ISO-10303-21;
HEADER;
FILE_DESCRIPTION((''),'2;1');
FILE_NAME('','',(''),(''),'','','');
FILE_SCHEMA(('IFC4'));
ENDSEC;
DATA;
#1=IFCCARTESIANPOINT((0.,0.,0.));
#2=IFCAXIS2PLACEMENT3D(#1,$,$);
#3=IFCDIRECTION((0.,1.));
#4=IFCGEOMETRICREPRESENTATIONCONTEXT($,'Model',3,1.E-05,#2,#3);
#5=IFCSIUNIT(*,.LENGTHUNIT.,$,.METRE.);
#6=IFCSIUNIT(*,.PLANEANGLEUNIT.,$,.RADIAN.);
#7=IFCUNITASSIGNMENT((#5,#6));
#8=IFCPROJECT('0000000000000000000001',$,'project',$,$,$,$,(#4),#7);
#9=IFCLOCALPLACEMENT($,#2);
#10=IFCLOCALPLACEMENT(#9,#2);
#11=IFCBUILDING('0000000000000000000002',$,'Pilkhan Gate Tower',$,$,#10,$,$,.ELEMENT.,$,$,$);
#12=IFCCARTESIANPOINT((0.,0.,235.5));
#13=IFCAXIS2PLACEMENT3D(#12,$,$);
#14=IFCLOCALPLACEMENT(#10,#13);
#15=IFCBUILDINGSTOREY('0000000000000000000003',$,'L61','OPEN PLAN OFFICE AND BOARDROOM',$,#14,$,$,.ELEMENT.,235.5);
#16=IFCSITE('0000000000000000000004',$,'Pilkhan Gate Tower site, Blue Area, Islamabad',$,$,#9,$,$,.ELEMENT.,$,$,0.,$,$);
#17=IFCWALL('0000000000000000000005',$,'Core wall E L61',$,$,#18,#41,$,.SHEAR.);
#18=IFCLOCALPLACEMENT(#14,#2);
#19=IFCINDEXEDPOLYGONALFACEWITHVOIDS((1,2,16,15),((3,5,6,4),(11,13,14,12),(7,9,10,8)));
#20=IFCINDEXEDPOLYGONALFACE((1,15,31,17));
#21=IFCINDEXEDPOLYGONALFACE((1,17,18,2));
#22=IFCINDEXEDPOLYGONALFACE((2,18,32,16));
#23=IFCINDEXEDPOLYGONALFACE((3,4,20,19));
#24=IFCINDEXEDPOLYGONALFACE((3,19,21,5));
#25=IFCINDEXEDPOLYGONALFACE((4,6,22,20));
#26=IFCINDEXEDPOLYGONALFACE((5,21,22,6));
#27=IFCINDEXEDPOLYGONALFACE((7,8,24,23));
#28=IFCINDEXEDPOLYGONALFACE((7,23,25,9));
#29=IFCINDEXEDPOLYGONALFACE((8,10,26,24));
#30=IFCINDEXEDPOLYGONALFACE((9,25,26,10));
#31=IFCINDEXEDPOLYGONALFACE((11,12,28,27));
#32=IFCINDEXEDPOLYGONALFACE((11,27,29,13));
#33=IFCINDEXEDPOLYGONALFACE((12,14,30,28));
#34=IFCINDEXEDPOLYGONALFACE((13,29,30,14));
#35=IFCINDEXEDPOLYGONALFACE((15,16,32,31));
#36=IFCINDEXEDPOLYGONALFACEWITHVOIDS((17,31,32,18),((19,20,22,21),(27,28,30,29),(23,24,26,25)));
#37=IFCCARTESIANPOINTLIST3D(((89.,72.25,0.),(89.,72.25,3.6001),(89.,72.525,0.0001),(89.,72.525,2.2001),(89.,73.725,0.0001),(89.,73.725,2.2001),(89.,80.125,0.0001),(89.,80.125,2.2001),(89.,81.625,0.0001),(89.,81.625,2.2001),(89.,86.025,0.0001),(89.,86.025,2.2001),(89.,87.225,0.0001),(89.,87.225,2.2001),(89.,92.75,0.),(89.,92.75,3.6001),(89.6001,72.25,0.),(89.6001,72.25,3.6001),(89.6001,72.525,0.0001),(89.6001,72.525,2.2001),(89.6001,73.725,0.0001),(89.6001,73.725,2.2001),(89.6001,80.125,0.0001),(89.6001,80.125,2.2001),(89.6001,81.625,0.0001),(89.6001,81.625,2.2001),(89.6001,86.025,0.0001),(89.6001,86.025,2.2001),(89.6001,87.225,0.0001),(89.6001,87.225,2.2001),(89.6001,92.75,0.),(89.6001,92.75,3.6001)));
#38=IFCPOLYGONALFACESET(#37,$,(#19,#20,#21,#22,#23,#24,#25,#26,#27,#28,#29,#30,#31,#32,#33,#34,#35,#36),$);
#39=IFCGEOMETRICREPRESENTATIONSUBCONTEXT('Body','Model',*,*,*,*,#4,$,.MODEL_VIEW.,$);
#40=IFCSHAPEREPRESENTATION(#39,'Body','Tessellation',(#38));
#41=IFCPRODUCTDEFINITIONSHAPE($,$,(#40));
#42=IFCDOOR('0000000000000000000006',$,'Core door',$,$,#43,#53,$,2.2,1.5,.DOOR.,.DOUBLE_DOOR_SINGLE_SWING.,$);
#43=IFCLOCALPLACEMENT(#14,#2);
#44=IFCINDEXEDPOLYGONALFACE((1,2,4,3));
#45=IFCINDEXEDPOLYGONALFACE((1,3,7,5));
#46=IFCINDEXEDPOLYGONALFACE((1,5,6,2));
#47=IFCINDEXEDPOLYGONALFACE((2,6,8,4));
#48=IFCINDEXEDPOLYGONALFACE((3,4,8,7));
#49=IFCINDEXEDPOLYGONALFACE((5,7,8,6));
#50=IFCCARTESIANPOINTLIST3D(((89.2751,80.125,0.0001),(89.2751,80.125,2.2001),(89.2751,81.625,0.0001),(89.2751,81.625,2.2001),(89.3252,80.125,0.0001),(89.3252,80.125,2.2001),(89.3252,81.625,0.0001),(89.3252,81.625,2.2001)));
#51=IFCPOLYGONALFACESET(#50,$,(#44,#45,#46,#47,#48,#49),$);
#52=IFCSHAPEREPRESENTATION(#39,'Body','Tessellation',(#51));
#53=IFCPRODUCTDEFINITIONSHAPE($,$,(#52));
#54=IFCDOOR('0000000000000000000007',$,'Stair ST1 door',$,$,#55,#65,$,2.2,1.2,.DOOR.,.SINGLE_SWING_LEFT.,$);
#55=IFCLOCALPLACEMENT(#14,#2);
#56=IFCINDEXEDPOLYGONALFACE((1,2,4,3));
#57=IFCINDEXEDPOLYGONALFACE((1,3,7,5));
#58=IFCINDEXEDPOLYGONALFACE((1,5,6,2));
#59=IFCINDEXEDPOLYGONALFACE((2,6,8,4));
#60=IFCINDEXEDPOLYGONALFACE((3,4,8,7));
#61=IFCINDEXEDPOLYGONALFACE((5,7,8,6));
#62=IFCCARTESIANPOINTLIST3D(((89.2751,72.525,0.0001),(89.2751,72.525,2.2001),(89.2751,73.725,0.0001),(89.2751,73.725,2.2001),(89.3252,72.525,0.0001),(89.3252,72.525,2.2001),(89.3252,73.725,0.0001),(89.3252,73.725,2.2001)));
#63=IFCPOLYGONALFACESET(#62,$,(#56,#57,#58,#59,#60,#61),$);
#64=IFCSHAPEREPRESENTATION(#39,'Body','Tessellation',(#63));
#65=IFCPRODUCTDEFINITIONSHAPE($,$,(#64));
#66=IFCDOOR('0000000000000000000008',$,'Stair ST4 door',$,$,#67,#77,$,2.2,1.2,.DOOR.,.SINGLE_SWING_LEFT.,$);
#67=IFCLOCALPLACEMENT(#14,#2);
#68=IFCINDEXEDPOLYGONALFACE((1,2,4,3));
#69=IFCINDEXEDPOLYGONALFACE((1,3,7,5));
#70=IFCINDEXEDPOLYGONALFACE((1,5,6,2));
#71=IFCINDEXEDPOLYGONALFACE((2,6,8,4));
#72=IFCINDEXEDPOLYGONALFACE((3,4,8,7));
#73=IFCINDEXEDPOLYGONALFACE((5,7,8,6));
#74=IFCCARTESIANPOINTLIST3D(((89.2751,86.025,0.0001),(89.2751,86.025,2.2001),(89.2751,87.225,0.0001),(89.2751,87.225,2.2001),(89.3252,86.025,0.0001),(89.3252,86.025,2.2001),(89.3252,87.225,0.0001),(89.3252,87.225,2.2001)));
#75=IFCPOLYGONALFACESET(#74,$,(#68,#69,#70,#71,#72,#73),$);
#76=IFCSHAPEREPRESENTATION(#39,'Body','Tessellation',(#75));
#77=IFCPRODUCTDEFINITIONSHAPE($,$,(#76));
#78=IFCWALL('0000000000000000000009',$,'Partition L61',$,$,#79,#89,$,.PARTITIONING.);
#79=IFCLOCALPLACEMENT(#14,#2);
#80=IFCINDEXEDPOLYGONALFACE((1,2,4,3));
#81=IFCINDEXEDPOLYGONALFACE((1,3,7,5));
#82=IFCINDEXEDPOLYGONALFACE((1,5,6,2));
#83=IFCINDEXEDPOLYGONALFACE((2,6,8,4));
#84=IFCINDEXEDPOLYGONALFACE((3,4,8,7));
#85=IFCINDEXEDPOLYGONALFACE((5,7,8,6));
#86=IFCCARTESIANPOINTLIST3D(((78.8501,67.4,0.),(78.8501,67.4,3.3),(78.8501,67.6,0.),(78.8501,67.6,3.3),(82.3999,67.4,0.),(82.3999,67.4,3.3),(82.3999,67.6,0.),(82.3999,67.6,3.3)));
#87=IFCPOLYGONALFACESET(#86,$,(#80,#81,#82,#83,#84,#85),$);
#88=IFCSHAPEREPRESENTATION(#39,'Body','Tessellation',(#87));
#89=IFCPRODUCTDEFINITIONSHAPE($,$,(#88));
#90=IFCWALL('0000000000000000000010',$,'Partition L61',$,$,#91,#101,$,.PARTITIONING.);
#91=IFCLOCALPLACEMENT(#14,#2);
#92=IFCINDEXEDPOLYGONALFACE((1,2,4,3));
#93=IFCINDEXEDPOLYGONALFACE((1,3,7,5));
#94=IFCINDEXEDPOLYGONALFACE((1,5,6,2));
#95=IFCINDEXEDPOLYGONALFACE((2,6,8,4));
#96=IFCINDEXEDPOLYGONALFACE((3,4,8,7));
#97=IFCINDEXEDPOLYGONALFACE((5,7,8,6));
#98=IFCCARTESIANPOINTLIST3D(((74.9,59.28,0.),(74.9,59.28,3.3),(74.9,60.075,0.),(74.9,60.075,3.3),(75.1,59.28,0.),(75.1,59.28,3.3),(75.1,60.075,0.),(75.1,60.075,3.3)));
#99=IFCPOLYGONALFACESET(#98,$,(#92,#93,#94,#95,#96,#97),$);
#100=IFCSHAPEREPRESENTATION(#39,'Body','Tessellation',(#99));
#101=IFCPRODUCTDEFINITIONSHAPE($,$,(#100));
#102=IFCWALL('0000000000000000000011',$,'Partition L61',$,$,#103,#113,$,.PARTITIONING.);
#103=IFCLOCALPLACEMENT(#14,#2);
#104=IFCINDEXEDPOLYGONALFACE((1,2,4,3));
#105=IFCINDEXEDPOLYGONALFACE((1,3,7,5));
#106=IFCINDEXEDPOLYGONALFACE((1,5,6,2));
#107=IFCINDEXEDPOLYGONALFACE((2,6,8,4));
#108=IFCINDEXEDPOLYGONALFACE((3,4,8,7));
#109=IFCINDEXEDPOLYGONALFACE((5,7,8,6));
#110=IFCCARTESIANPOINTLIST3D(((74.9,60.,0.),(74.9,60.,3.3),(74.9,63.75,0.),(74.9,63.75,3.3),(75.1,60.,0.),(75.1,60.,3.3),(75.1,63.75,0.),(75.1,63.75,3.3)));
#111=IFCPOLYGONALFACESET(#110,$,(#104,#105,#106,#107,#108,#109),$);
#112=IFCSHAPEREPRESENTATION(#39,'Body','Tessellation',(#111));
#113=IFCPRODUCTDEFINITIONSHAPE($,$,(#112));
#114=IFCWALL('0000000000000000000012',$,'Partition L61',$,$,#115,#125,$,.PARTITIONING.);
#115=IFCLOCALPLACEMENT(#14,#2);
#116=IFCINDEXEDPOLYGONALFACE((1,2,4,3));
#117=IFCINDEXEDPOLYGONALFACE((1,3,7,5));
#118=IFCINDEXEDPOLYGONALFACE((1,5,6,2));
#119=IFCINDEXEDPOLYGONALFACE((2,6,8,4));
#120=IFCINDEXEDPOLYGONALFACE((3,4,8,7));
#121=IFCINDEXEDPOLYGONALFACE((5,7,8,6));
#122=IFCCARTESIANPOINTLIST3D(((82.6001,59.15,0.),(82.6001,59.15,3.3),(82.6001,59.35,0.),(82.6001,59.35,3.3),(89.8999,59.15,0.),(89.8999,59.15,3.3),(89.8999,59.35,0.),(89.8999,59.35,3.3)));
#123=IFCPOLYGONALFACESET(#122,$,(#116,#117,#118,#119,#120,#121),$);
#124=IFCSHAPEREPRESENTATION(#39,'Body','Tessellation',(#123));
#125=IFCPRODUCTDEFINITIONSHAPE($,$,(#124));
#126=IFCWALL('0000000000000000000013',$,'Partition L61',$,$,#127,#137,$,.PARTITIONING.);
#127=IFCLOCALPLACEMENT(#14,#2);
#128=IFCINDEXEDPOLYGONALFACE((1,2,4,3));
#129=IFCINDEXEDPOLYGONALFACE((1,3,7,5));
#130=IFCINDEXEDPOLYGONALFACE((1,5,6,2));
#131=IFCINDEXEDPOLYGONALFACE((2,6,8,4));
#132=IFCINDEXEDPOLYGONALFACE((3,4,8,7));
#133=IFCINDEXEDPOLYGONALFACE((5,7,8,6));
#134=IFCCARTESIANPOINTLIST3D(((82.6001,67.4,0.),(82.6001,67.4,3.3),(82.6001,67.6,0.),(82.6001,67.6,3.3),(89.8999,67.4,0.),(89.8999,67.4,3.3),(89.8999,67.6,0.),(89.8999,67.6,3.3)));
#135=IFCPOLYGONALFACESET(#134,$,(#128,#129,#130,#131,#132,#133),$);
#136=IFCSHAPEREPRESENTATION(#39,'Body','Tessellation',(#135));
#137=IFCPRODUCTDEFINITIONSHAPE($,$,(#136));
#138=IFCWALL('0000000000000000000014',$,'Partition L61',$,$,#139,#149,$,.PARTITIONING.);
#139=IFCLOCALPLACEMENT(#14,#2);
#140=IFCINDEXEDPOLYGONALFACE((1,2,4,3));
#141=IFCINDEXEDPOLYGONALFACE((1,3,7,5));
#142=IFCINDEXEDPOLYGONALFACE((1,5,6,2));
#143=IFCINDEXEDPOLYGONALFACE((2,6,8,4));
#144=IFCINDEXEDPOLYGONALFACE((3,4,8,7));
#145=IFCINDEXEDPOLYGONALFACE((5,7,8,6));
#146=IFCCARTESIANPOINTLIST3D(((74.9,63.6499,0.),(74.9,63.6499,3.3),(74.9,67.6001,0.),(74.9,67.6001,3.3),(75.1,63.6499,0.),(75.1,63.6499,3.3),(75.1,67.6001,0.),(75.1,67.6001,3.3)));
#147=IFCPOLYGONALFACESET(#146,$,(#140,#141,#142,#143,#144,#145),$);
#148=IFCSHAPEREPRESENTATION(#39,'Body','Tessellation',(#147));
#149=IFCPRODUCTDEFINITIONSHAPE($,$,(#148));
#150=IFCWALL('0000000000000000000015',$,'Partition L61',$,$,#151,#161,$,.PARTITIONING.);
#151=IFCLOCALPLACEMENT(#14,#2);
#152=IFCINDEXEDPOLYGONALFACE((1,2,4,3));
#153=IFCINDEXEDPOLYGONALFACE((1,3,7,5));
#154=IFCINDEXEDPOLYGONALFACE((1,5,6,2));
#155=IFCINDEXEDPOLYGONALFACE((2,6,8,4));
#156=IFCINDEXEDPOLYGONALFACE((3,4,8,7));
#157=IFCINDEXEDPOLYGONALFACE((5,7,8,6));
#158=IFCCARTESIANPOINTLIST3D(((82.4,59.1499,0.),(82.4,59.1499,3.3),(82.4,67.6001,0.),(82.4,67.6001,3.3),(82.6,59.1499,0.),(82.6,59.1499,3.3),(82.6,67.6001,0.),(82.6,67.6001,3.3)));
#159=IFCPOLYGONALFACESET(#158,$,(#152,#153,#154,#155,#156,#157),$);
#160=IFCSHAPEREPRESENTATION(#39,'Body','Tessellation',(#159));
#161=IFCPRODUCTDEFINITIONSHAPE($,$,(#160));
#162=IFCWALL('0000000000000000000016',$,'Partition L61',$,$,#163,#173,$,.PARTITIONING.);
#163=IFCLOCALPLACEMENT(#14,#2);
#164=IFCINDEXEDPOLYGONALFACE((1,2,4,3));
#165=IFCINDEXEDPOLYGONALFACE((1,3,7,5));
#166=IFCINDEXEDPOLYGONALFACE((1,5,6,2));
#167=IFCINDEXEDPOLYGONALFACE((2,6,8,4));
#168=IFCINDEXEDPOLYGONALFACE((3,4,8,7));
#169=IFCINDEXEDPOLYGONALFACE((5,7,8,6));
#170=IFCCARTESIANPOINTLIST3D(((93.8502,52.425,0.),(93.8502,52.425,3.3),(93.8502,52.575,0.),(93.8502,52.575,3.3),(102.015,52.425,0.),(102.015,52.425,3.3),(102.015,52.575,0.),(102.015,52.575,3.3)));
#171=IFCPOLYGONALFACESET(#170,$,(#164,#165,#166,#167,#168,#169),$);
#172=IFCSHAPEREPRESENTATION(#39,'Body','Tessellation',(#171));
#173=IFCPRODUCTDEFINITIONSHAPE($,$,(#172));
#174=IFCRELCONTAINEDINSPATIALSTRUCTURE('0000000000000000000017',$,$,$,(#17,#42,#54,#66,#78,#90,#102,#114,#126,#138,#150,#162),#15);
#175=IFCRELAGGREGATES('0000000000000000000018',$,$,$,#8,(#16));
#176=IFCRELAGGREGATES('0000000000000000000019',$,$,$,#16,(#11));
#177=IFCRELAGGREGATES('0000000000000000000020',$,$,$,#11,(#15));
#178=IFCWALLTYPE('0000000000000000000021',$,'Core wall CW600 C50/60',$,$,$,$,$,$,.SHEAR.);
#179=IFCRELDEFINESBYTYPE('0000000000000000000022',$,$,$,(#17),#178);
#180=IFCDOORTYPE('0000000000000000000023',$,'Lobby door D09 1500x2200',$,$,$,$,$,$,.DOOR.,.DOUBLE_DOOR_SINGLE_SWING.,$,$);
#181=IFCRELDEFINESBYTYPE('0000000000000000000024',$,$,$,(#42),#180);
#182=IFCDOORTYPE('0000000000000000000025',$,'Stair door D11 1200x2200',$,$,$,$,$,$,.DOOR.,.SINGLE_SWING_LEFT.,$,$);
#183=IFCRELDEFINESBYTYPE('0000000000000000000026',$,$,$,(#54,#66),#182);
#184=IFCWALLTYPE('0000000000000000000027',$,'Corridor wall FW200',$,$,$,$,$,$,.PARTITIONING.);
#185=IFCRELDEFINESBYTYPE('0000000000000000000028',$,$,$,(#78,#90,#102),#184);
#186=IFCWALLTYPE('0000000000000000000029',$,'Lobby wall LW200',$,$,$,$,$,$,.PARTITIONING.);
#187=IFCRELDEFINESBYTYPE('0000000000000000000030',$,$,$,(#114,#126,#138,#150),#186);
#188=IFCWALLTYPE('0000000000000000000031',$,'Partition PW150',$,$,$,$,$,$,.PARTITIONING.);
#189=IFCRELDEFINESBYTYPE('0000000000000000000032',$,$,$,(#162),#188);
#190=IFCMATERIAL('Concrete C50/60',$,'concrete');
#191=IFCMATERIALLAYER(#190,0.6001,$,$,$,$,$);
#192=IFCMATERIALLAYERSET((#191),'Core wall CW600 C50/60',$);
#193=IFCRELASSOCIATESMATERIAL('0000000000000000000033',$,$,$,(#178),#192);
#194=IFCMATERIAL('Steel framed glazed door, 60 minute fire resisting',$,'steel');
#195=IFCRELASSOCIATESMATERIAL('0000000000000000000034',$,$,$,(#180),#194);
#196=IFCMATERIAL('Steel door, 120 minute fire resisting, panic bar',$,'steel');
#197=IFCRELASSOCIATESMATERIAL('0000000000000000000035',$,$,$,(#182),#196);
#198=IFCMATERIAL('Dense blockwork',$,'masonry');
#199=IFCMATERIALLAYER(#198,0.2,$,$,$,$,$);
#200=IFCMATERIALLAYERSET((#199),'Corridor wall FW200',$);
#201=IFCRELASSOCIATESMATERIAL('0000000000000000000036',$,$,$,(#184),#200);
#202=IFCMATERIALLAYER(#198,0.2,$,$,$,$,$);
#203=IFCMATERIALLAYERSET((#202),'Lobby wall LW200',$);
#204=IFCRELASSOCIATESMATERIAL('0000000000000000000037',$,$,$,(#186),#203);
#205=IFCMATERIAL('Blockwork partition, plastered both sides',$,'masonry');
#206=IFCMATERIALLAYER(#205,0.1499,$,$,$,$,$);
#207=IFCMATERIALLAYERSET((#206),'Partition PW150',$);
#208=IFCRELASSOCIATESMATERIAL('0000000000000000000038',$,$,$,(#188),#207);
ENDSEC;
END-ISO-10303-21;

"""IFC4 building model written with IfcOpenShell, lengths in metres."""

from ifc_helpers import new_model, si_unit, direction, frame, frame_2d, origin, place, context, subcontext, project, spatial, rectangle, extrude, material, layer, layer_set, type_object, element, fill, save


model = new_model("IFC4")

# Units and contexts
model_context = context("Model", 3, precision=1e-05, world=origin(), true_north=direction((0.0, 1.0)))
body_context = subcontext(model_context, "Body", "Model", "MODEL_VIEW")
ifc_project = project(units=[si_unit("LENGTHUNIT", "METRE"), si_unit("PLANEANGLEUNIT", "RADIAN")], contexts=[model_context])

# Site, building, storey
site_placement = place(None, origin())
site = spatial("IfcSite", under=ifc_project, at=site_placement, Name="Pilkhan Gate Tower site, Blue Area, Islamabad", CompositionType="ELEMENT", RefElevation=0.0)
building_placement = place(site_placement, origin())
building = spatial("IfcBuilding", under=site, at=building_placement, Name="Pilkhan Gate Tower", CompositionType="ELEMENT")
storey_placement = place(building_placement, frame((0.0, 0.0, 235.5)))
storey = spatial("IfcBuildingStorey", under=building, at=storey_placement, Name="L61", Description="OPEN PLAN OFFICE AND BOARDROOM", CompositionType="ELEMENT", Elevation=235.5)

# Shared definitions
ifc_material_1 = material(Name="Concrete C50/60", Category="concrete")

# Wall, openings, doors
ifc_layer_1 = layer(ifc_material_1, 0.6001)
ifc_layer_set_1 = layer_set([ifc_layer_1], Name="Core wall CW600 C50/60")
wall_type_1 = type_object("IfcWallType", Name="Core wall CW600 C50/60", PredefinedType="SHEAR", material=ifc_layer_set_1)
wall_1_placement = place(storey_placement, frame((89.3, 72.25, 0.0), z_axis=(0.0, 0.0, 1.0), x_axis=(0.0, 1.0, 0.0)))
wall_1 = element("IfcWall", 1, at=wall_1_placement, inside=storey, type_object=wall_type_1, Name="Core wall E L61", PredefinedType="SHEAR", context=body_context, shape_type="SweptSolid", body=[
    extrude(rectangle(XDim=20.5, YDim=0.6001, at=frame_2d((10.25, 0.0))), origin(), (0.0, 0.0, 1.0), 3.6001),
])
opening_1_placement = place(wall_1_placement, frame((0.2749, 0.0, 0.0)))
opening_1 = element("IfcOpeningElement", 2, at=opening_1_placement, cuts=wall_1, PredefinedType="OPENING", context=body_context, shape_type="SweptSolid", body=[
    extrude(rectangle(XDim=1.2, YDim=2.2, at=frame_2d((0.6001, 1.1001))), frame((0.0, 0.3101, 0.0), z_axis=(0.0, -1.0, 0.0), x_axis=(1.0, 0.0, 0.0)), (0.0, 0.0, 1.0), 0.6201),
])
opening_2_placement = place(wall_1_placement, frame((13.7749, 0.0, 0.0)))
opening_2 = element("IfcOpeningElement", 3, at=opening_2_placement, cuts=wall_1, PredefinedType="OPENING", context=body_context, shape_type="SweptSolid", body=[
    extrude(rectangle(XDim=1.2, YDim=2.2, at=frame_2d((0.6001, 1.1001))), frame((0.0, 0.3101, 0.0), z_axis=(0.0, -1.0, 0.0), x_axis=(1.0, 0.0, 0.0)), (0.0, 0.0, 1.0), 0.6201),
])
opening_3_placement = place(wall_1_placement, frame((7.875, 0.0, 0.0)))
opening_3 = element("IfcOpeningElement", 4, at=opening_3_placement, cuts=wall_1, PredefinedType="OPENING", context=body_context, shape_type="SweptSolid", body=[
    extrude(rectangle(XDim=1.5, YDim=2.2, at=frame_2d((0.75, 1.1001))), frame((0.0, 0.3101, 0.0), z_axis=(0.0, -1.0, 0.0), x_axis=(1.0, 0.0, 0.0)), (0.0, 0.0, 1.0), 0.6201),
])
ifc_material_2 = material(Name="Steel framed glazed door, 60 minute fire resisting", Category="steel")
door_type_1 = type_object("IfcDoorType", Name="Lobby door D09 1500x2200", OperationType="DOUBLE_DOOR_SINGLE_SWING", PredefinedType="DOOR", material=ifc_material_2)
door_1_placement = place(opening_3_placement, origin())
door_1 = element("IfcDoor", 5, at=door_1_placement, inside=storey, type_object=door_type_1, Name="Core door", OperationType="DOUBLE_DOOR_SINGLE_SWING", OverallHeight=2.2, OverallWidth=1.5, PredefinedType="DOOR", context=body_context, shape_type="SweptSolid", body=[
    extrude(rectangle(XDim=1.5, YDim=2.2, at=frame_2d((0.75, 1.1001))), frame((0.0, 0.0249, 0.0), z_axis=(0.0, -1.0, 0.0), x_axis=(1.0, 0.0, 0.0)), (0.0, 0.0, 1.0), 0.05),
])
fill(opening_3, door_1)
ifc_material_3 = material(Name="Steel door, 120 minute fire resisting, panic bar", Category="steel")
door_type_2 = type_object("IfcDoorType", Name="Stair door D11 1200x2200", OperationType="SINGLE_SWING_LEFT", PredefinedType="DOOR", material=ifc_material_3)
door_2_placement = place(opening_1_placement, origin())
door_2 = element("IfcDoor", 6, at=door_2_placement, inside=storey, type_object=door_type_2, Name="Stair ST1 door", OperationType="SINGLE_SWING_LEFT", OverallHeight=2.2, OverallWidth=1.2, PredefinedType="DOOR", context=body_context, shape_type="SweptSolid", body=[
    extrude(rectangle(XDim=1.2, YDim=2.2, at=frame_2d((0.6001, 1.1001))), frame((0.0, 0.0249, 0.0), z_axis=(0.0, -1.0, 0.0), x_axis=(1.0, 0.0, 0.0)), (0.0, 0.0, 1.0), 0.05),
])
fill(opening_1, door_2)
door_3_placement = place(opening_2_placement, origin())
door_3 = element("IfcDoor", 7, at=door_3_placement, inside=storey, type_object=door_type_2, Name="Stair ST4 door", OperationType="SINGLE_SWING_LEFT", OverallHeight=2.2, OverallWidth=1.2, PredefinedType="DOOR", context=body_context, shape_type="SweptSolid", body=[
    extrude(rectangle(XDim=1.2, YDim=2.2, at=frame_2d((0.6001, 1.1001))), frame((0.0, 0.0249, 0.0), z_axis=(0.0, -1.0, 0.0), x_axis=(1.0, 0.0, 0.0)), (0.0, 0.0, 1.0), 0.05),
])
fill(opening_2, door_3)

# Walls
ifc_material_4 = material(Name="Dense blockwork", Category="masonry")
ifc_layer_2 = layer(ifc_material_4, 0.2)
ifc_layer_set_2 = layer_set([ifc_layer_2], Name="Corridor wall FW200")
wall_type_2 = type_object("IfcWallType", Name="Corridor wall FW200", PredefinedType="PARTITIONING", material=ifc_layer_set_2)
wall_2_placement = place(storey_placement, frame((78.8501, 67.5, 0.0), z_axis=(0.0, 0.0, 1.0), x_axis=(1.0, 0.0, 0.0)))
element("IfcWall", 8, at=wall_2_placement, inside=storey, type_object=wall_type_2, Name="Partition L61", PredefinedType="PARTITIONING", context=body_context, shape_type="SweptSolid", body=[
    extrude(rectangle(XDim=3.5498, YDim=0.2, at=frame_2d((1.7749, 0.0))), origin(), (0.0, 0.0, 1.0), 3.3),
])
wall_3_placement = place(storey_placement, frame((75.0, 59.28, 0.0), z_axis=(0.0, 0.0, 1.0), x_axis=(0.0, 1.0, 0.0)))
element("IfcWall", 9, at=wall_3_placement, inside=storey, type_object=wall_type_2, Name="Partition L61", PredefinedType="PARTITIONING", context=body_context, shape_type="SweptSolid", body=[
    extrude(rectangle(XDim=0.7949, YDim=0.2, at=frame_2d((0.3975, 0.0))), origin(), (0.0, 0.0, 1.0), 3.3),
])
wall_4_placement = place(storey_placement, frame((75.0, 60.0, 0.0), z_axis=(0.0, 0.0, 1.0), x_axis=(0.0, 1.0, 0.0)))
element("IfcWall", 10, at=wall_4_placement, inside=storey, type_object=wall_type_2, Name="Partition L61", PredefinedType="PARTITIONING", context=body_context, shape_type="SweptSolid", body=[
    extrude(rectangle(XDim=3.75, YDim=0.2, at=frame_2d((1.875, 0.0))), origin(), (0.0, 0.0, 1.0), 3.3),
])
ifc_layer_3 = layer(ifc_material_4, 0.2)
ifc_layer_set_3 = layer_set([ifc_layer_3], Name="Lobby wall LW200")
wall_type_3 = type_object("IfcWallType", Name="Lobby wall LW200", PredefinedType="PARTITIONING", material=ifc_layer_set_3)
for number, where, z_axis, x_axis, name in (
    (11, (82.6001, 59.25, 0.0), (0.0, 0.0, 1.0), (1.0, 0.0, 0.0), "Partition L61"),
    (12, (82.6001, 67.5, 0.0), (0.0, 0.0, 1.0), (1.0, 0.0, 0.0), "Partition L61"),
):
    element("IfcWall", number, at=place(storey_placement, frame(where, z_axis=z_axis, x_axis=x_axis)), inside=storey, type_object=wall_type_3, Name=name, PredefinedType="PARTITIONING", context=body_context, shape_type="SweptSolid", body=[
        extrude(rectangle(XDim=7.2998, YDim=0.2, at=frame_2d((3.6499, 0.0))), origin(), (0.0, 0.0, 1.0), 3.3),
    ])
wall_5_placement = place(storey_placement, frame((75.0, 63.6499, 0.0), z_axis=(0.0, 0.0, 1.0), x_axis=(0.0, 1.0, 0.0)))
element("IfcWall", 13, at=wall_5_placement, inside=storey, type_object=wall_type_3, Name="Partition L61", PredefinedType="PARTITIONING", context=body_context, shape_type="SweptSolid", body=[
    extrude(rectangle(XDim=3.9502, YDim=0.2, at=frame_2d((1.9751, 0.0))), origin(), (0.0, 0.0, 1.0), 3.3),
])
wall_6_placement = place(storey_placement, frame((82.5, 59.1499, 0.0), z_axis=(0.0, 0.0, 1.0), x_axis=(0.0, 1.0, 0.0)))
element("IfcWall", 14, at=wall_6_placement, inside=storey, type_object=wall_type_3, Name="Partition L61", PredefinedType="PARTITIONING", context=body_context, shape_type="SweptSolid", body=[
    extrude(rectangle(XDim=8.4502, YDim=0.2, at=frame_2d((4.2251, 0.0))), origin(), (0.0, 0.0, 1.0), 3.3),
])

# Wall
ifc_material_5 = material(Name="Blockwork partition, plastered both sides", Category="masonry")
ifc_layer_4 = layer(ifc_material_5, 0.1499)
ifc_layer_set_4 = layer_set([ifc_layer_4], Name="Partition PW150")
wall_type_4 = type_object("IfcWallType", Name="Partition PW150", PredefinedType="PARTITIONING", material=ifc_layer_set_4)
wall_7_placement = place(storey_placement, frame((93.8501, 52.5, 0.0), z_axis=(0.0, 0.0, 1.0), x_axis=(1.0, 0.0, 0.0)))
element("IfcWall", 15, at=wall_7_placement, inside=storey, type_object=wall_type_4, Name="Partition L61", PredefinedType="PARTITIONING", context=body_context, shape_type="SweptSolid", body=[
    extrude(rectangle(XDim=8.1648, YDim=0.1499, at=frame_2d((4.0825, 0.0))), origin(), (0.0, 0.0, 1.0), 3.3),
])

save(model, "model.ifc")
